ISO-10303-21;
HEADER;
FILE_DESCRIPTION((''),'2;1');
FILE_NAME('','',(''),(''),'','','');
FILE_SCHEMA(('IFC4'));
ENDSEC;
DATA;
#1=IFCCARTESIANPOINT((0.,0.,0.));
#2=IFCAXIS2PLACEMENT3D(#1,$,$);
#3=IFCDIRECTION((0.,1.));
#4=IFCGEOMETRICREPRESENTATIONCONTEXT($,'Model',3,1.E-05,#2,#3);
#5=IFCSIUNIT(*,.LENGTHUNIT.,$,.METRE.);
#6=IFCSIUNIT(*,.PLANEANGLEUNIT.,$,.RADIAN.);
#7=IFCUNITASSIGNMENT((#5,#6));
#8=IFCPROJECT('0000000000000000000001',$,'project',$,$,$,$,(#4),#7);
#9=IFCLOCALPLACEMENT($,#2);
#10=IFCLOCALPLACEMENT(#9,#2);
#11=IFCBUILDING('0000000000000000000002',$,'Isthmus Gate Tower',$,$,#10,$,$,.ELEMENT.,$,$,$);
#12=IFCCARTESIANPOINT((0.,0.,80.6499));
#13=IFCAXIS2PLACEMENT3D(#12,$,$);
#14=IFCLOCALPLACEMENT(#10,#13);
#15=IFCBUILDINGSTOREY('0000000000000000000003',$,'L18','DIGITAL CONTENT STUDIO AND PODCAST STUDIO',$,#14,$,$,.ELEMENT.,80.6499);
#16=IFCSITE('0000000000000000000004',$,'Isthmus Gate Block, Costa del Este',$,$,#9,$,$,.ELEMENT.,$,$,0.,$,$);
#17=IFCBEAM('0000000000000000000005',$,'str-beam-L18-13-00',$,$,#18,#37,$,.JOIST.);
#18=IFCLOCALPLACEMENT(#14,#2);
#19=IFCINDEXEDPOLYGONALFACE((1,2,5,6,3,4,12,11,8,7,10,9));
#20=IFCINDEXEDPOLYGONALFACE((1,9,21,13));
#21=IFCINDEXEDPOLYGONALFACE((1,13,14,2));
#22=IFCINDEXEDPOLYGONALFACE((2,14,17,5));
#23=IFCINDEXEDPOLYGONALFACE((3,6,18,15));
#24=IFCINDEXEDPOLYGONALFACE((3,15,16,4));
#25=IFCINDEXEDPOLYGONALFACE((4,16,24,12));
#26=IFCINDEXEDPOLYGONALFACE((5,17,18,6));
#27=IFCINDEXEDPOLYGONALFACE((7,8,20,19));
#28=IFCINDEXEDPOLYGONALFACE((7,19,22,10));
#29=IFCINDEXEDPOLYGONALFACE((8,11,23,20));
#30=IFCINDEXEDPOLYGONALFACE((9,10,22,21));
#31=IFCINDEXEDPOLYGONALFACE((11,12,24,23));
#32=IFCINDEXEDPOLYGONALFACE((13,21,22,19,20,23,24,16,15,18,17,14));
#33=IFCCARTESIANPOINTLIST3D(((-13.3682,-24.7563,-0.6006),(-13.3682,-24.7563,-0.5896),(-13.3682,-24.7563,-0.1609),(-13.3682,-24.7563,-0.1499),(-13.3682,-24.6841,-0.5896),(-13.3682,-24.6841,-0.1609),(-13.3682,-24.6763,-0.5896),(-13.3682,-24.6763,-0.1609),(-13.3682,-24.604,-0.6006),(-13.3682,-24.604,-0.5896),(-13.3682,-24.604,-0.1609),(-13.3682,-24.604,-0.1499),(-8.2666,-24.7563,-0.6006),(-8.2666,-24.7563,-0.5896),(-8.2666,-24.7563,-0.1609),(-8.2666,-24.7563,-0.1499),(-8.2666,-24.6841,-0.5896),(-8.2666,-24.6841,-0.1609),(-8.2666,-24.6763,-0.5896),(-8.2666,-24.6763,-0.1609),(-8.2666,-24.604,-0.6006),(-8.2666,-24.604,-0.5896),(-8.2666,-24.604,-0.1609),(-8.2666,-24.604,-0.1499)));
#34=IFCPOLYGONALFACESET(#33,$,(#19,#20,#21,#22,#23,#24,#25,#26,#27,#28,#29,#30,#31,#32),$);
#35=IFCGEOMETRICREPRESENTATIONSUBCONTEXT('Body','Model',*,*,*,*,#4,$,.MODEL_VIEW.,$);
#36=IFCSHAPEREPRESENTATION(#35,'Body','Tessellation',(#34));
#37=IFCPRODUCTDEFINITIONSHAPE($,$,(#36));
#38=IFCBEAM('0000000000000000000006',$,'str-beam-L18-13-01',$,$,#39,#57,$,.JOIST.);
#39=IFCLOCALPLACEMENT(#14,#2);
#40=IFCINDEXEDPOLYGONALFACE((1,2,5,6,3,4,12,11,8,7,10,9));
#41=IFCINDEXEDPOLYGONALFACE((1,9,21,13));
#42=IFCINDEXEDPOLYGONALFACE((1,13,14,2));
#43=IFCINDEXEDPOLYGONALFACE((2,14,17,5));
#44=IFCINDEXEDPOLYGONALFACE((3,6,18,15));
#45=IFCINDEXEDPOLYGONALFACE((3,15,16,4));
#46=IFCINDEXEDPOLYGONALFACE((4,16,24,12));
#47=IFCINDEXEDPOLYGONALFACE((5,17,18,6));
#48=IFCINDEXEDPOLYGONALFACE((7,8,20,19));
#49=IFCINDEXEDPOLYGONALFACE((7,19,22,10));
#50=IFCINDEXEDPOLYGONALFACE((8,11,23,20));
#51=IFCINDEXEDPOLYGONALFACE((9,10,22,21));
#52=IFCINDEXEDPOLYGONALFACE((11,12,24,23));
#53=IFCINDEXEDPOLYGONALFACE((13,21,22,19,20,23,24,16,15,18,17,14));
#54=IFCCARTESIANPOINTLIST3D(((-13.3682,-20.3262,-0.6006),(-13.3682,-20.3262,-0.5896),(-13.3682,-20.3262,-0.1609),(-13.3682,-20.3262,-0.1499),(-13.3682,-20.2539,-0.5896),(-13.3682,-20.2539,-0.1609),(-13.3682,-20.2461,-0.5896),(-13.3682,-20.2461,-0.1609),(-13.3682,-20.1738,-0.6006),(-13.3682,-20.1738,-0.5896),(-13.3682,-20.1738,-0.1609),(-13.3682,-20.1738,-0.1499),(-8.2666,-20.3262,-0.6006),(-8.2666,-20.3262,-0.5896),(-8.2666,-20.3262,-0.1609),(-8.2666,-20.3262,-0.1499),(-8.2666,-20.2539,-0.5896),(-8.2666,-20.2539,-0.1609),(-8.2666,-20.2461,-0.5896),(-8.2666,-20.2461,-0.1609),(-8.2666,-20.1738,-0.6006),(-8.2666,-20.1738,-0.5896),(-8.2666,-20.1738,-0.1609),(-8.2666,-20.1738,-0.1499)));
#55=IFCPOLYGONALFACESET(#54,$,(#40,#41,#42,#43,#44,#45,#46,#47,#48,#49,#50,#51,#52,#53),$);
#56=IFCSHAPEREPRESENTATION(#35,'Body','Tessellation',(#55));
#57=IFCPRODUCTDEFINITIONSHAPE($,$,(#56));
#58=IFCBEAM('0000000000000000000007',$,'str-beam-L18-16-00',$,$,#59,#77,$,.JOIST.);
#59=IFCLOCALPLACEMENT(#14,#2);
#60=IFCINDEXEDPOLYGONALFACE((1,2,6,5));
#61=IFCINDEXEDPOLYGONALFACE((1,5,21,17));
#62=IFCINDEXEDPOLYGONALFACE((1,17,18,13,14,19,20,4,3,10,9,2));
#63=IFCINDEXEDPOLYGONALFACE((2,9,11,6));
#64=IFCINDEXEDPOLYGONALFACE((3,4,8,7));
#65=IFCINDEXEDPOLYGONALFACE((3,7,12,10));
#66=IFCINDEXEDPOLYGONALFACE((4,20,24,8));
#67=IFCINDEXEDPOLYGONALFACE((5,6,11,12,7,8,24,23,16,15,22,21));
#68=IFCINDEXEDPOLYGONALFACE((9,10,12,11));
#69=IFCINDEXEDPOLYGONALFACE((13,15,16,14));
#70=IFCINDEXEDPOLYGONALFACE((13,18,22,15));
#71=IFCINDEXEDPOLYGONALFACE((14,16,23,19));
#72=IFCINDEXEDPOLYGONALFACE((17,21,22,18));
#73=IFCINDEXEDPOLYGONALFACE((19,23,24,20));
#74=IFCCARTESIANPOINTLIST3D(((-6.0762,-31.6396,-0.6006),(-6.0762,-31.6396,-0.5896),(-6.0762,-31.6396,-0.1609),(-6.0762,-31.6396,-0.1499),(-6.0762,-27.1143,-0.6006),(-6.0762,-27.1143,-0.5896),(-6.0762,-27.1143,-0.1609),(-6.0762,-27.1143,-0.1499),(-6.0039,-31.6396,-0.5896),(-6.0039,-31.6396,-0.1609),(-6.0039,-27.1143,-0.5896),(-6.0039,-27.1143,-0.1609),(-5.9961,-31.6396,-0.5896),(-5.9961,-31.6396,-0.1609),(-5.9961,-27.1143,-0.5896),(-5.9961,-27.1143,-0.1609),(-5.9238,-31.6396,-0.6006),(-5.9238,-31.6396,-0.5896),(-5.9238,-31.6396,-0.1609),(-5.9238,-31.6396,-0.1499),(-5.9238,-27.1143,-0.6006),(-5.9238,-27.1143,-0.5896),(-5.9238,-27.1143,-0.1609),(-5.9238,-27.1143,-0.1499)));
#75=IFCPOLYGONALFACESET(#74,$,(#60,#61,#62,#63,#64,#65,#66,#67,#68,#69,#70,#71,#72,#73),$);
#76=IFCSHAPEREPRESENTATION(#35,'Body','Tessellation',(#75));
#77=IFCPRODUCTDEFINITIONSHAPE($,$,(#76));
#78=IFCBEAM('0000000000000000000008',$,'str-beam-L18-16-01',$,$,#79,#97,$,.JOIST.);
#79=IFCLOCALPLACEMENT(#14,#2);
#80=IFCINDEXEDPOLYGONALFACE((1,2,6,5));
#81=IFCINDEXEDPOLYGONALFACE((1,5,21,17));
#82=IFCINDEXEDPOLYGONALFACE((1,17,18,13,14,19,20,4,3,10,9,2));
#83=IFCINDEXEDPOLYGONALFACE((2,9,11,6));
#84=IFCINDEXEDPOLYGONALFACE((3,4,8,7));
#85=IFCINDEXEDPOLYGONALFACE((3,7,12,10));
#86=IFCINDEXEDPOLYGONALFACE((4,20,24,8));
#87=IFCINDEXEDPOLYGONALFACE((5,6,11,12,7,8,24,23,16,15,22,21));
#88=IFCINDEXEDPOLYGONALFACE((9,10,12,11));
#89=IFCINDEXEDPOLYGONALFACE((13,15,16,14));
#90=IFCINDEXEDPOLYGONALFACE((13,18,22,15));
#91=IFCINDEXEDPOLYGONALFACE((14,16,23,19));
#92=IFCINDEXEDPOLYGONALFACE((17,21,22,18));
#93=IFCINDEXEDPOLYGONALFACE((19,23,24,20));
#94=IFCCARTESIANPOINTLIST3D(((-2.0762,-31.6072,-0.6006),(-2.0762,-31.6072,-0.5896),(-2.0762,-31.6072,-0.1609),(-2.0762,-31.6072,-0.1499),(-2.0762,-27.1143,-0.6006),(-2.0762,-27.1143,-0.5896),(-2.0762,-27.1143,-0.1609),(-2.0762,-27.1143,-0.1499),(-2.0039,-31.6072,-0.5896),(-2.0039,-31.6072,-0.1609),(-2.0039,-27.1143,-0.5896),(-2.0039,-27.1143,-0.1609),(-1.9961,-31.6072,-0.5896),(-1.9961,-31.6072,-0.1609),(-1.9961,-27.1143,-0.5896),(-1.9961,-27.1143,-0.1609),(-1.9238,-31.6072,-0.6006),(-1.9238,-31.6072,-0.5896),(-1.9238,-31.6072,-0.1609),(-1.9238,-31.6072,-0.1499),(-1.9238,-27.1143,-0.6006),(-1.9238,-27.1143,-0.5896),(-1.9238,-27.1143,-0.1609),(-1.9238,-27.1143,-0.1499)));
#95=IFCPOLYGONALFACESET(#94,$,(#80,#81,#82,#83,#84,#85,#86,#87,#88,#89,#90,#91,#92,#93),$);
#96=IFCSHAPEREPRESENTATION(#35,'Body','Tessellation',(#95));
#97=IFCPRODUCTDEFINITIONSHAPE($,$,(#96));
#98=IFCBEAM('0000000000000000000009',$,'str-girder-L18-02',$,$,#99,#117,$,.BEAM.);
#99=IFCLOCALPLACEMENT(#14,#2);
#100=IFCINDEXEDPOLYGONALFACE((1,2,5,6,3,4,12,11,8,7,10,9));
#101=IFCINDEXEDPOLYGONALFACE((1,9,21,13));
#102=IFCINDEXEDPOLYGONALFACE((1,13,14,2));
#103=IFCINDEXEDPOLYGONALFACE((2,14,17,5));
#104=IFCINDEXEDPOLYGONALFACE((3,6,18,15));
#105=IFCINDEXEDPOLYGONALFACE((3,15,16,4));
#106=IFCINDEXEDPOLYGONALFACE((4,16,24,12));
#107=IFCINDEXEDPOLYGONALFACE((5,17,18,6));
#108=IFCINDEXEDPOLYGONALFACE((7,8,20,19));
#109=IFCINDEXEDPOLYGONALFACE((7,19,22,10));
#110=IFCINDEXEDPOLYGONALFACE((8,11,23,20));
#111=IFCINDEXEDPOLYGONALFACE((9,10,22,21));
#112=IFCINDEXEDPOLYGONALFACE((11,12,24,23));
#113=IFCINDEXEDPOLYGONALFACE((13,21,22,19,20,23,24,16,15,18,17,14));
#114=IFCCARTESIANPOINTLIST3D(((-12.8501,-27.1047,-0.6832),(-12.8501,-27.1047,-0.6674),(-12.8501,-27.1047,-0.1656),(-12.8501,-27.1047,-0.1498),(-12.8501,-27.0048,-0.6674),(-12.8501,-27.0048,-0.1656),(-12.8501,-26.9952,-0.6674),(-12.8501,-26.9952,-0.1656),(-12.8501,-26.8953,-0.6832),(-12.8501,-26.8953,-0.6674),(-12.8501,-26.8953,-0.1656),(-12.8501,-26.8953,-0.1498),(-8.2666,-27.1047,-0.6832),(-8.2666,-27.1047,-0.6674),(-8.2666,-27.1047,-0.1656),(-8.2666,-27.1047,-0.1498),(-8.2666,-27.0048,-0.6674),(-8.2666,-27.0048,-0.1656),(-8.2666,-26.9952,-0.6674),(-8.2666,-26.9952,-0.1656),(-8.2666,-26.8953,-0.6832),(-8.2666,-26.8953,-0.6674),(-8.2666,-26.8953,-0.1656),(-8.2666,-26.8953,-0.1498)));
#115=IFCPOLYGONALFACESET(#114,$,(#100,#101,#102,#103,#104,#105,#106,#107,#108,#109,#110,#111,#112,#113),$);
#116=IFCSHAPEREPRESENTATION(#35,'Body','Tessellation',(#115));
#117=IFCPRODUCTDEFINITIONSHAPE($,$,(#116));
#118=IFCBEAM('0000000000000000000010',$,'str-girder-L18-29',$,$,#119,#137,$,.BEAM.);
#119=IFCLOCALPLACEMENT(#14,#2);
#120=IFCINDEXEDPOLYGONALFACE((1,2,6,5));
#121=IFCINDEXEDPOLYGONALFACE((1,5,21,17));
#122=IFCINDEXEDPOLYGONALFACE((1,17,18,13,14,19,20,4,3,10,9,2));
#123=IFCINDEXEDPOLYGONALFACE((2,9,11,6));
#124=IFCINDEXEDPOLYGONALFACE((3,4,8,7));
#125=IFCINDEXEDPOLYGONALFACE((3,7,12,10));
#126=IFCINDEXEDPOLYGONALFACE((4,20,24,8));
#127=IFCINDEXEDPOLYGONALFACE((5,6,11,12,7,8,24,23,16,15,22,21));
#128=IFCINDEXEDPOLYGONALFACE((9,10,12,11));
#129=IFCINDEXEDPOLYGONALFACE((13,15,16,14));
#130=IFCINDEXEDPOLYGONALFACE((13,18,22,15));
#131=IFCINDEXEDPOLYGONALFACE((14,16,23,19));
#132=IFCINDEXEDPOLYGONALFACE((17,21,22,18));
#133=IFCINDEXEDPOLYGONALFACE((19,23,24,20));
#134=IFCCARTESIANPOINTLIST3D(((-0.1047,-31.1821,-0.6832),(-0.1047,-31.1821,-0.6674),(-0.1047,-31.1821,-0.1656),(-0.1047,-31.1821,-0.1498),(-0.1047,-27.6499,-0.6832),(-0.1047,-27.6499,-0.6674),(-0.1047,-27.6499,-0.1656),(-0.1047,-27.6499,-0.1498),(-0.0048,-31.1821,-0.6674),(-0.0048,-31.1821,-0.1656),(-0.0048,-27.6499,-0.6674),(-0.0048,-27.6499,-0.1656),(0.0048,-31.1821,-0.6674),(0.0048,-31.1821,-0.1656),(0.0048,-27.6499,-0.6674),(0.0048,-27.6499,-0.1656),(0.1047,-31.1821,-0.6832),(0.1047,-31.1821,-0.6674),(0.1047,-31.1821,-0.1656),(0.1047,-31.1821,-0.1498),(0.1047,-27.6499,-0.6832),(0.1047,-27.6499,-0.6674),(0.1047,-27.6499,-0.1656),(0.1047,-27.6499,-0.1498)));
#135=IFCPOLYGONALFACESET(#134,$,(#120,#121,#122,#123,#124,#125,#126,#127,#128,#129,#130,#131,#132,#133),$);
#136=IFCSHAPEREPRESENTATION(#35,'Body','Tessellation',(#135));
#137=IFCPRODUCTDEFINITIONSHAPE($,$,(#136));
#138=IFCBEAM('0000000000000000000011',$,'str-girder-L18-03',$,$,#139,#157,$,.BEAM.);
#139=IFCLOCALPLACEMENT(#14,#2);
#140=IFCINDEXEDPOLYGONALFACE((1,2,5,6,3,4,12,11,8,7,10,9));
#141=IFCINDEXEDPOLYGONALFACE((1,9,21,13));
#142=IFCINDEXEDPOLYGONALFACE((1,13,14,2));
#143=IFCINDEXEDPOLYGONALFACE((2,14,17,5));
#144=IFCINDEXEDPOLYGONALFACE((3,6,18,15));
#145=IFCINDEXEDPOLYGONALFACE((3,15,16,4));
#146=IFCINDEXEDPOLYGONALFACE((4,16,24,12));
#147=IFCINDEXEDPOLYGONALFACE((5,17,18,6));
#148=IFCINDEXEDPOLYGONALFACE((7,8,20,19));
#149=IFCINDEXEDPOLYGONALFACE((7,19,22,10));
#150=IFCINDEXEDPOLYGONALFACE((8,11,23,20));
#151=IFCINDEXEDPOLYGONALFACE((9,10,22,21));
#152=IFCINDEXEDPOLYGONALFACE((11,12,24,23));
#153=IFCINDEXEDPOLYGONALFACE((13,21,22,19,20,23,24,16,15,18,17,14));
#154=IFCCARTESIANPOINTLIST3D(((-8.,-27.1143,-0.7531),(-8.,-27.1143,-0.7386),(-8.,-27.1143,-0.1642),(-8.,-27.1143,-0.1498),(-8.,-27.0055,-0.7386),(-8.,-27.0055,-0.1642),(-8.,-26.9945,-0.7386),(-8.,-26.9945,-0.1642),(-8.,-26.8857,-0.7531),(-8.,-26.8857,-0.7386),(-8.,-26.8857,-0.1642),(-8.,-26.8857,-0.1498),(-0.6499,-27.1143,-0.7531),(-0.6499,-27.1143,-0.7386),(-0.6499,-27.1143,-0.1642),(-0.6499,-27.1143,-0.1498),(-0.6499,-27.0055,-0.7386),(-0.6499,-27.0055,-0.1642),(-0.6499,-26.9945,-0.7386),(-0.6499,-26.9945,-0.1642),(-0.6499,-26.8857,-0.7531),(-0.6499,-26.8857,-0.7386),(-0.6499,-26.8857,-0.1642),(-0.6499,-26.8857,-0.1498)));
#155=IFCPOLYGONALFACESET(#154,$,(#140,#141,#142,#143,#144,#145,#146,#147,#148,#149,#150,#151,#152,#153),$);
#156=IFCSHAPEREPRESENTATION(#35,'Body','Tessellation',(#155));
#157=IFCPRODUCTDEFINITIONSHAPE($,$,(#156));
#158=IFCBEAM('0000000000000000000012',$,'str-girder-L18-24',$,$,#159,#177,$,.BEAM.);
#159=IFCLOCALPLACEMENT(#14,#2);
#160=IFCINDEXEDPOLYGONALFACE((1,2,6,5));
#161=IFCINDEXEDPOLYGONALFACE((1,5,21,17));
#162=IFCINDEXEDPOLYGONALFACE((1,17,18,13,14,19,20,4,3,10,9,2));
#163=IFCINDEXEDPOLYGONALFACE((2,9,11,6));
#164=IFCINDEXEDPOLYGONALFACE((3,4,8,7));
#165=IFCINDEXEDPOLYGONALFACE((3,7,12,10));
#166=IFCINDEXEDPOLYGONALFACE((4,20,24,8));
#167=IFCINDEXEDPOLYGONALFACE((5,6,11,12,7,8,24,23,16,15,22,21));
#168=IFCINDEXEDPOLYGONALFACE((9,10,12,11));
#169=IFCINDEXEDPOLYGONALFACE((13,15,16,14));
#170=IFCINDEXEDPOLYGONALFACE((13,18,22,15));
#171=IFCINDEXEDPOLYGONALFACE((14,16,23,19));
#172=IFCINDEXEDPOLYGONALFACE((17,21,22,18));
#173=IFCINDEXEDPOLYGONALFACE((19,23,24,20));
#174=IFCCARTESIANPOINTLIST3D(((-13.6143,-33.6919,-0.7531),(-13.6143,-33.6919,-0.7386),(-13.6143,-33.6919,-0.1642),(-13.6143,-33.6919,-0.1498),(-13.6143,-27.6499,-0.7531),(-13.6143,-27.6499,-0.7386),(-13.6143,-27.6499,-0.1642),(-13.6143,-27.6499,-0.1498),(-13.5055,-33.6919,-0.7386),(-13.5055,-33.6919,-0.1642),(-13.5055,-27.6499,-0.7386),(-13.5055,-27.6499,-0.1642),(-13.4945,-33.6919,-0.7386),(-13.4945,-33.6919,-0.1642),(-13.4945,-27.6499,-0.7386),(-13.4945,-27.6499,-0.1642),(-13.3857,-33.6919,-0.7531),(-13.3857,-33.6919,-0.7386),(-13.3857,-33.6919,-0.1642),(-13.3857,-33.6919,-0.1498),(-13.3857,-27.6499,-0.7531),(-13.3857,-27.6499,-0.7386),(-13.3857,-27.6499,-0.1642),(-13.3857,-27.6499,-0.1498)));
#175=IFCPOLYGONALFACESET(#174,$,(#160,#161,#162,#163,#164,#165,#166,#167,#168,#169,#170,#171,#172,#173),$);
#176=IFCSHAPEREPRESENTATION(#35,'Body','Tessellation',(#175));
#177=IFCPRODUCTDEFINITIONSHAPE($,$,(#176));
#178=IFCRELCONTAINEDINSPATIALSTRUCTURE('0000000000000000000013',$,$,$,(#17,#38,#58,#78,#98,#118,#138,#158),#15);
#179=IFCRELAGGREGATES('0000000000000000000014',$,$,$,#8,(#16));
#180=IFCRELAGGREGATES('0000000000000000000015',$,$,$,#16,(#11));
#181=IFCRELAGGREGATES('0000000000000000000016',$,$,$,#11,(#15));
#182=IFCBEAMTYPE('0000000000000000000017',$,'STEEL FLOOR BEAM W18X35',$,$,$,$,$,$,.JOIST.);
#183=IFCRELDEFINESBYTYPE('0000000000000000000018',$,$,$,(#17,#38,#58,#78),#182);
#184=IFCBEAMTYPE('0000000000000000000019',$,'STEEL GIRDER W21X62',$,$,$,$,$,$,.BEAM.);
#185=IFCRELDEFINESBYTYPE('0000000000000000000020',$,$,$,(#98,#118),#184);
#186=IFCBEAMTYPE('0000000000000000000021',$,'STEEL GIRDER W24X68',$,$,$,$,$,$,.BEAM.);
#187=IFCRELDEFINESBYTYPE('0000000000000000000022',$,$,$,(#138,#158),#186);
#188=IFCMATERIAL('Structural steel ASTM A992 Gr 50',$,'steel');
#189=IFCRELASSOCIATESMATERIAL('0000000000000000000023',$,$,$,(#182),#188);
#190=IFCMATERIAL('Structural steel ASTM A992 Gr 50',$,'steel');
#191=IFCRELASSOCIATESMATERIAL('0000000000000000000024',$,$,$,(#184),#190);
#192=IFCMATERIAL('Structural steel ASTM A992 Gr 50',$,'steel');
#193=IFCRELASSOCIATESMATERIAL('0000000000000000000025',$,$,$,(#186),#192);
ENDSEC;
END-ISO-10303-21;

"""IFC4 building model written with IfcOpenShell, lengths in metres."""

from ifc_helpers import new_model, si_unit, direction, frame, origin, origin_2d, place, context, subcontext, project, spatial, i_section, extrude, material, material_profile, profile_set, type_object, element, save


model = new_model("IFC4")

# Units and contexts
model_context = context("Model", 3, precision=1e-05, world=origin(), true_north=direction((0.0, 1.0)))
body_context = subcontext(model_context, "Body", "Model", "MODEL_VIEW")
ifc_project = project(units=[si_unit("LENGTHUNIT", "METRE"), si_unit("PLANEANGLEUNIT", "RADIAN")], contexts=[model_context])

# Site, building, storey
site_placement = place(None, origin())
site = spatial("IfcSite", under=ifc_project, at=site_placement, Name="Isthmus Gate Block, Costa del Este", CompositionType="ELEMENT", RefElevation=0.0)
building_placement = place(site_placement, origin())
building = spatial("IfcBuilding", under=site, at=building_placement, Name="Isthmus Gate Tower", CompositionType="ELEMENT")
storey_placement = place(building_placement, frame((0.0, 0.0, 80.6499)))
storey = spatial("IfcBuildingStorey", under=building, at=storey_placement, Name="L18", Description="DIGITAL CONTENT STUDIO AND PODCAST STUDIO", CompositionType="ELEMENT", Elevation=80.6499)

# Beams
ifc_material_1 = material(Name="Structural steel ASTM A992 Gr 50", Category="steel")
ifc_material_profile_1 = material_profile(ifc_material_1, i_section(OverallWidth=0.1523, OverallDepth=0.4507, WebThickness=0.0078, FlangeThickness=0.011, at=origin_2d()), Name="W18X35")
ifc_profile_set_1 = profile_set([ifc_material_profile_1], Name="Structural steel ASTM A992 Gr 50")
beam_type_1 = type_object("IfcBeamType", Name="STEEL FLOOR BEAM W18X35", PredefinedType="JOIST", material=ifc_profile_set_1)
for number, where, z_axis, x_axis, name in (
    (1, (-13.3682, -24.6802, -0.3752), (1.0, 0.0, 0.0), (0.0, 1.0, 0.0), "str-beam-L18-13-00"),
    (2, (-13.3682, -20.25, -0.3752), (1.0, 0.0, 0.0), (0.0, 1.0, 0.0), "str-beam-L18-13-01"),
):
    element("IfcBeam", number, at=place(storey_placement, frame(where, z_axis=z_axis, x_axis=x_axis)), inside=storey, type_object=beam_type_1, Name=name, PredefinedType="JOIST", context=body_context, shape_type="SweptSolid", body=[
        extrude(i_section(OverallWidth=0.1523, OverallDepth=0.4507, WebThickness=0.0078, FlangeThickness=0.011, at=origin_2d()), origin(), (0.0, 0.0, 1.0), 5.1016),
    ])
beam_1_placement = place(storey_placement, frame((-6.0, -31.6396, -0.3752), z_axis=(0.0, 1.0, 0.0), x_axis=(-1.0, 0.0, 0.0)))
element("IfcBeam", 3, at=beam_1_placement, inside=storey, type_object=beam_type_1, Name="str-beam-L18-16-00", PredefinedType="JOIST", context=body_context, shape_type="SweptSolid", body=[
    extrude(i_section(OverallWidth=0.1523, OverallDepth=0.4507, WebThickness=0.0078, FlangeThickness=0.011, at=origin_2d()), origin(), (0.0, 0.0, 1.0), 4.5254),
])
beam_2_placement = place(storey_placement, frame((-2.0, -31.6072, -0.3752), z_axis=(0.0, 1.0, 0.0), x_axis=(-1.0, 0.0, 0.0)))
element("IfcBeam", 4, at=beam_2_placement, inside=storey, type_object=beam_type_1, Name="str-beam-L18-16-01", PredefinedType="JOIST", context=body_context, shape_type="SweptSolid", body=[
    extrude(i_section(OverallWidth=0.1523, OverallDepth=0.4507, WebThickness=0.0078, FlangeThickness=0.011, at=origin_2d()), origin(), (0.0, 0.0, 1.0), 4.4929),
])
ifc_material_2 = material(Name="Structural steel ASTM A992 Gr 50", Category="steel")
ifc_material_profile_2 = material_profile(ifc_material_2, i_section(OverallWidth=0.2095, OverallDepth=0.5334, WebThickness=0.0095, FlangeThickness=0.0159, at=origin_2d()), Name="W21X62")
ifc_profile_set_2 = profile_set([ifc_material_profile_2], Name="Structural steel ASTM A992 Gr 50")
beam_type_2 = type_object("IfcBeamType", Name="STEEL GIRDER W21X62", PredefinedType="BEAM", material=ifc_profile_set_2)
beam_3_placement = place(storey_placement, frame((-12.8501, -27.0, -0.4165), z_axis=(1.0, 0.0, 0.0), x_axis=(0.0, 1.0, 0.0)))
element("IfcBeam", 5, at=beam_3_placement, inside=storey, type_object=beam_type_2, Name="str-girder-L18-02", PredefinedType="BEAM", context=body_context, shape_type="SweptSolid", body=[
    extrude(i_section(OverallWidth=0.2095, OverallDepth=0.5334, WebThickness=0.0095, FlangeThickness=0.0159, at=origin_2d()), origin(), (0.0, 0.0, 1.0), 4.5835),
])
beam_4_placement = place(storey_placement, frame((0.0, -31.1821, -0.4165), z_axis=(0.0, 1.0, 0.0), x_axis=(-1.0, 0.0, 0.0)))
element("IfcBeam", 6, at=beam_4_placement, inside=storey, type_object=beam_type_2, Name="str-girder-L18-29", PredefinedType="BEAM", context=body_context, shape_type="SweptSolid", body=[
    extrude(i_section(OverallWidth=0.2095, OverallDepth=0.5334, WebThickness=0.0095, FlangeThickness=0.0159, at=origin_2d()), origin(), (0.0, 0.0, 1.0), 3.5322),
])
ifc_material_3 = material(Name="Structural steel ASTM A992 Gr 50", Category="steel")
ifc_material_profile_3 = material_profile(ifc_material_3, i_section(OverallWidth=0.2285, OverallDepth=0.6033, WebThickness=0.011, FlangeThickness=0.0144, at=origin_2d()), Name="W24X68")
ifc_profile_set_3 = profile_set([ifc_material_profile_3], Name="Structural steel ASTM A992 Gr 50")
beam_type_3 = type_object("IfcBeamType", Name="STEEL GIRDER W24X68", PredefinedType="BEAM", material=ifc_profile_set_3)
beam_5_placement = place(storey_placement, frame((-8.0, -27.0, -0.4514), z_axis=(1.0, 0.0, 0.0), x_axis=(0.0, 1.0, 0.0)))
element("IfcBeam", 7, at=beam_5_placement, inside=storey, type_object=beam_type_3, Name="str-girder-L18-03", PredefinedType="BEAM", context=body_context, shape_type="SweptSolid", body=[
    extrude(i_section(OverallWidth=0.2285, OverallDepth=0.6033, WebThickness=0.011, FlangeThickness=0.0144, at=origin_2d()), origin(), (0.0, 0.0, 1.0), 7.3501),
])
beam_6_placement = place(storey_placement, frame((-13.5, -33.6919, -0.4514), z_axis=(0.0, 1.0, 0.0), x_axis=(-1.0, 0.0, 0.0)))
element("IfcBeam", 8, at=beam_6_placement, inside=storey, type_object=beam_type_3, Name="str-girder-L18-24", PredefinedType="BEAM", context=body_context, shape_type="SweptSolid", body=[
    extrude(i_section(OverallWidth=0.2285, OverallDepth=0.6033, WebThickness=0.011, FlangeThickness=0.0144, at=origin_2d()), origin(), (0.0, 0.0, 1.0), 6.042),
])

save(model, "model.ifc")
